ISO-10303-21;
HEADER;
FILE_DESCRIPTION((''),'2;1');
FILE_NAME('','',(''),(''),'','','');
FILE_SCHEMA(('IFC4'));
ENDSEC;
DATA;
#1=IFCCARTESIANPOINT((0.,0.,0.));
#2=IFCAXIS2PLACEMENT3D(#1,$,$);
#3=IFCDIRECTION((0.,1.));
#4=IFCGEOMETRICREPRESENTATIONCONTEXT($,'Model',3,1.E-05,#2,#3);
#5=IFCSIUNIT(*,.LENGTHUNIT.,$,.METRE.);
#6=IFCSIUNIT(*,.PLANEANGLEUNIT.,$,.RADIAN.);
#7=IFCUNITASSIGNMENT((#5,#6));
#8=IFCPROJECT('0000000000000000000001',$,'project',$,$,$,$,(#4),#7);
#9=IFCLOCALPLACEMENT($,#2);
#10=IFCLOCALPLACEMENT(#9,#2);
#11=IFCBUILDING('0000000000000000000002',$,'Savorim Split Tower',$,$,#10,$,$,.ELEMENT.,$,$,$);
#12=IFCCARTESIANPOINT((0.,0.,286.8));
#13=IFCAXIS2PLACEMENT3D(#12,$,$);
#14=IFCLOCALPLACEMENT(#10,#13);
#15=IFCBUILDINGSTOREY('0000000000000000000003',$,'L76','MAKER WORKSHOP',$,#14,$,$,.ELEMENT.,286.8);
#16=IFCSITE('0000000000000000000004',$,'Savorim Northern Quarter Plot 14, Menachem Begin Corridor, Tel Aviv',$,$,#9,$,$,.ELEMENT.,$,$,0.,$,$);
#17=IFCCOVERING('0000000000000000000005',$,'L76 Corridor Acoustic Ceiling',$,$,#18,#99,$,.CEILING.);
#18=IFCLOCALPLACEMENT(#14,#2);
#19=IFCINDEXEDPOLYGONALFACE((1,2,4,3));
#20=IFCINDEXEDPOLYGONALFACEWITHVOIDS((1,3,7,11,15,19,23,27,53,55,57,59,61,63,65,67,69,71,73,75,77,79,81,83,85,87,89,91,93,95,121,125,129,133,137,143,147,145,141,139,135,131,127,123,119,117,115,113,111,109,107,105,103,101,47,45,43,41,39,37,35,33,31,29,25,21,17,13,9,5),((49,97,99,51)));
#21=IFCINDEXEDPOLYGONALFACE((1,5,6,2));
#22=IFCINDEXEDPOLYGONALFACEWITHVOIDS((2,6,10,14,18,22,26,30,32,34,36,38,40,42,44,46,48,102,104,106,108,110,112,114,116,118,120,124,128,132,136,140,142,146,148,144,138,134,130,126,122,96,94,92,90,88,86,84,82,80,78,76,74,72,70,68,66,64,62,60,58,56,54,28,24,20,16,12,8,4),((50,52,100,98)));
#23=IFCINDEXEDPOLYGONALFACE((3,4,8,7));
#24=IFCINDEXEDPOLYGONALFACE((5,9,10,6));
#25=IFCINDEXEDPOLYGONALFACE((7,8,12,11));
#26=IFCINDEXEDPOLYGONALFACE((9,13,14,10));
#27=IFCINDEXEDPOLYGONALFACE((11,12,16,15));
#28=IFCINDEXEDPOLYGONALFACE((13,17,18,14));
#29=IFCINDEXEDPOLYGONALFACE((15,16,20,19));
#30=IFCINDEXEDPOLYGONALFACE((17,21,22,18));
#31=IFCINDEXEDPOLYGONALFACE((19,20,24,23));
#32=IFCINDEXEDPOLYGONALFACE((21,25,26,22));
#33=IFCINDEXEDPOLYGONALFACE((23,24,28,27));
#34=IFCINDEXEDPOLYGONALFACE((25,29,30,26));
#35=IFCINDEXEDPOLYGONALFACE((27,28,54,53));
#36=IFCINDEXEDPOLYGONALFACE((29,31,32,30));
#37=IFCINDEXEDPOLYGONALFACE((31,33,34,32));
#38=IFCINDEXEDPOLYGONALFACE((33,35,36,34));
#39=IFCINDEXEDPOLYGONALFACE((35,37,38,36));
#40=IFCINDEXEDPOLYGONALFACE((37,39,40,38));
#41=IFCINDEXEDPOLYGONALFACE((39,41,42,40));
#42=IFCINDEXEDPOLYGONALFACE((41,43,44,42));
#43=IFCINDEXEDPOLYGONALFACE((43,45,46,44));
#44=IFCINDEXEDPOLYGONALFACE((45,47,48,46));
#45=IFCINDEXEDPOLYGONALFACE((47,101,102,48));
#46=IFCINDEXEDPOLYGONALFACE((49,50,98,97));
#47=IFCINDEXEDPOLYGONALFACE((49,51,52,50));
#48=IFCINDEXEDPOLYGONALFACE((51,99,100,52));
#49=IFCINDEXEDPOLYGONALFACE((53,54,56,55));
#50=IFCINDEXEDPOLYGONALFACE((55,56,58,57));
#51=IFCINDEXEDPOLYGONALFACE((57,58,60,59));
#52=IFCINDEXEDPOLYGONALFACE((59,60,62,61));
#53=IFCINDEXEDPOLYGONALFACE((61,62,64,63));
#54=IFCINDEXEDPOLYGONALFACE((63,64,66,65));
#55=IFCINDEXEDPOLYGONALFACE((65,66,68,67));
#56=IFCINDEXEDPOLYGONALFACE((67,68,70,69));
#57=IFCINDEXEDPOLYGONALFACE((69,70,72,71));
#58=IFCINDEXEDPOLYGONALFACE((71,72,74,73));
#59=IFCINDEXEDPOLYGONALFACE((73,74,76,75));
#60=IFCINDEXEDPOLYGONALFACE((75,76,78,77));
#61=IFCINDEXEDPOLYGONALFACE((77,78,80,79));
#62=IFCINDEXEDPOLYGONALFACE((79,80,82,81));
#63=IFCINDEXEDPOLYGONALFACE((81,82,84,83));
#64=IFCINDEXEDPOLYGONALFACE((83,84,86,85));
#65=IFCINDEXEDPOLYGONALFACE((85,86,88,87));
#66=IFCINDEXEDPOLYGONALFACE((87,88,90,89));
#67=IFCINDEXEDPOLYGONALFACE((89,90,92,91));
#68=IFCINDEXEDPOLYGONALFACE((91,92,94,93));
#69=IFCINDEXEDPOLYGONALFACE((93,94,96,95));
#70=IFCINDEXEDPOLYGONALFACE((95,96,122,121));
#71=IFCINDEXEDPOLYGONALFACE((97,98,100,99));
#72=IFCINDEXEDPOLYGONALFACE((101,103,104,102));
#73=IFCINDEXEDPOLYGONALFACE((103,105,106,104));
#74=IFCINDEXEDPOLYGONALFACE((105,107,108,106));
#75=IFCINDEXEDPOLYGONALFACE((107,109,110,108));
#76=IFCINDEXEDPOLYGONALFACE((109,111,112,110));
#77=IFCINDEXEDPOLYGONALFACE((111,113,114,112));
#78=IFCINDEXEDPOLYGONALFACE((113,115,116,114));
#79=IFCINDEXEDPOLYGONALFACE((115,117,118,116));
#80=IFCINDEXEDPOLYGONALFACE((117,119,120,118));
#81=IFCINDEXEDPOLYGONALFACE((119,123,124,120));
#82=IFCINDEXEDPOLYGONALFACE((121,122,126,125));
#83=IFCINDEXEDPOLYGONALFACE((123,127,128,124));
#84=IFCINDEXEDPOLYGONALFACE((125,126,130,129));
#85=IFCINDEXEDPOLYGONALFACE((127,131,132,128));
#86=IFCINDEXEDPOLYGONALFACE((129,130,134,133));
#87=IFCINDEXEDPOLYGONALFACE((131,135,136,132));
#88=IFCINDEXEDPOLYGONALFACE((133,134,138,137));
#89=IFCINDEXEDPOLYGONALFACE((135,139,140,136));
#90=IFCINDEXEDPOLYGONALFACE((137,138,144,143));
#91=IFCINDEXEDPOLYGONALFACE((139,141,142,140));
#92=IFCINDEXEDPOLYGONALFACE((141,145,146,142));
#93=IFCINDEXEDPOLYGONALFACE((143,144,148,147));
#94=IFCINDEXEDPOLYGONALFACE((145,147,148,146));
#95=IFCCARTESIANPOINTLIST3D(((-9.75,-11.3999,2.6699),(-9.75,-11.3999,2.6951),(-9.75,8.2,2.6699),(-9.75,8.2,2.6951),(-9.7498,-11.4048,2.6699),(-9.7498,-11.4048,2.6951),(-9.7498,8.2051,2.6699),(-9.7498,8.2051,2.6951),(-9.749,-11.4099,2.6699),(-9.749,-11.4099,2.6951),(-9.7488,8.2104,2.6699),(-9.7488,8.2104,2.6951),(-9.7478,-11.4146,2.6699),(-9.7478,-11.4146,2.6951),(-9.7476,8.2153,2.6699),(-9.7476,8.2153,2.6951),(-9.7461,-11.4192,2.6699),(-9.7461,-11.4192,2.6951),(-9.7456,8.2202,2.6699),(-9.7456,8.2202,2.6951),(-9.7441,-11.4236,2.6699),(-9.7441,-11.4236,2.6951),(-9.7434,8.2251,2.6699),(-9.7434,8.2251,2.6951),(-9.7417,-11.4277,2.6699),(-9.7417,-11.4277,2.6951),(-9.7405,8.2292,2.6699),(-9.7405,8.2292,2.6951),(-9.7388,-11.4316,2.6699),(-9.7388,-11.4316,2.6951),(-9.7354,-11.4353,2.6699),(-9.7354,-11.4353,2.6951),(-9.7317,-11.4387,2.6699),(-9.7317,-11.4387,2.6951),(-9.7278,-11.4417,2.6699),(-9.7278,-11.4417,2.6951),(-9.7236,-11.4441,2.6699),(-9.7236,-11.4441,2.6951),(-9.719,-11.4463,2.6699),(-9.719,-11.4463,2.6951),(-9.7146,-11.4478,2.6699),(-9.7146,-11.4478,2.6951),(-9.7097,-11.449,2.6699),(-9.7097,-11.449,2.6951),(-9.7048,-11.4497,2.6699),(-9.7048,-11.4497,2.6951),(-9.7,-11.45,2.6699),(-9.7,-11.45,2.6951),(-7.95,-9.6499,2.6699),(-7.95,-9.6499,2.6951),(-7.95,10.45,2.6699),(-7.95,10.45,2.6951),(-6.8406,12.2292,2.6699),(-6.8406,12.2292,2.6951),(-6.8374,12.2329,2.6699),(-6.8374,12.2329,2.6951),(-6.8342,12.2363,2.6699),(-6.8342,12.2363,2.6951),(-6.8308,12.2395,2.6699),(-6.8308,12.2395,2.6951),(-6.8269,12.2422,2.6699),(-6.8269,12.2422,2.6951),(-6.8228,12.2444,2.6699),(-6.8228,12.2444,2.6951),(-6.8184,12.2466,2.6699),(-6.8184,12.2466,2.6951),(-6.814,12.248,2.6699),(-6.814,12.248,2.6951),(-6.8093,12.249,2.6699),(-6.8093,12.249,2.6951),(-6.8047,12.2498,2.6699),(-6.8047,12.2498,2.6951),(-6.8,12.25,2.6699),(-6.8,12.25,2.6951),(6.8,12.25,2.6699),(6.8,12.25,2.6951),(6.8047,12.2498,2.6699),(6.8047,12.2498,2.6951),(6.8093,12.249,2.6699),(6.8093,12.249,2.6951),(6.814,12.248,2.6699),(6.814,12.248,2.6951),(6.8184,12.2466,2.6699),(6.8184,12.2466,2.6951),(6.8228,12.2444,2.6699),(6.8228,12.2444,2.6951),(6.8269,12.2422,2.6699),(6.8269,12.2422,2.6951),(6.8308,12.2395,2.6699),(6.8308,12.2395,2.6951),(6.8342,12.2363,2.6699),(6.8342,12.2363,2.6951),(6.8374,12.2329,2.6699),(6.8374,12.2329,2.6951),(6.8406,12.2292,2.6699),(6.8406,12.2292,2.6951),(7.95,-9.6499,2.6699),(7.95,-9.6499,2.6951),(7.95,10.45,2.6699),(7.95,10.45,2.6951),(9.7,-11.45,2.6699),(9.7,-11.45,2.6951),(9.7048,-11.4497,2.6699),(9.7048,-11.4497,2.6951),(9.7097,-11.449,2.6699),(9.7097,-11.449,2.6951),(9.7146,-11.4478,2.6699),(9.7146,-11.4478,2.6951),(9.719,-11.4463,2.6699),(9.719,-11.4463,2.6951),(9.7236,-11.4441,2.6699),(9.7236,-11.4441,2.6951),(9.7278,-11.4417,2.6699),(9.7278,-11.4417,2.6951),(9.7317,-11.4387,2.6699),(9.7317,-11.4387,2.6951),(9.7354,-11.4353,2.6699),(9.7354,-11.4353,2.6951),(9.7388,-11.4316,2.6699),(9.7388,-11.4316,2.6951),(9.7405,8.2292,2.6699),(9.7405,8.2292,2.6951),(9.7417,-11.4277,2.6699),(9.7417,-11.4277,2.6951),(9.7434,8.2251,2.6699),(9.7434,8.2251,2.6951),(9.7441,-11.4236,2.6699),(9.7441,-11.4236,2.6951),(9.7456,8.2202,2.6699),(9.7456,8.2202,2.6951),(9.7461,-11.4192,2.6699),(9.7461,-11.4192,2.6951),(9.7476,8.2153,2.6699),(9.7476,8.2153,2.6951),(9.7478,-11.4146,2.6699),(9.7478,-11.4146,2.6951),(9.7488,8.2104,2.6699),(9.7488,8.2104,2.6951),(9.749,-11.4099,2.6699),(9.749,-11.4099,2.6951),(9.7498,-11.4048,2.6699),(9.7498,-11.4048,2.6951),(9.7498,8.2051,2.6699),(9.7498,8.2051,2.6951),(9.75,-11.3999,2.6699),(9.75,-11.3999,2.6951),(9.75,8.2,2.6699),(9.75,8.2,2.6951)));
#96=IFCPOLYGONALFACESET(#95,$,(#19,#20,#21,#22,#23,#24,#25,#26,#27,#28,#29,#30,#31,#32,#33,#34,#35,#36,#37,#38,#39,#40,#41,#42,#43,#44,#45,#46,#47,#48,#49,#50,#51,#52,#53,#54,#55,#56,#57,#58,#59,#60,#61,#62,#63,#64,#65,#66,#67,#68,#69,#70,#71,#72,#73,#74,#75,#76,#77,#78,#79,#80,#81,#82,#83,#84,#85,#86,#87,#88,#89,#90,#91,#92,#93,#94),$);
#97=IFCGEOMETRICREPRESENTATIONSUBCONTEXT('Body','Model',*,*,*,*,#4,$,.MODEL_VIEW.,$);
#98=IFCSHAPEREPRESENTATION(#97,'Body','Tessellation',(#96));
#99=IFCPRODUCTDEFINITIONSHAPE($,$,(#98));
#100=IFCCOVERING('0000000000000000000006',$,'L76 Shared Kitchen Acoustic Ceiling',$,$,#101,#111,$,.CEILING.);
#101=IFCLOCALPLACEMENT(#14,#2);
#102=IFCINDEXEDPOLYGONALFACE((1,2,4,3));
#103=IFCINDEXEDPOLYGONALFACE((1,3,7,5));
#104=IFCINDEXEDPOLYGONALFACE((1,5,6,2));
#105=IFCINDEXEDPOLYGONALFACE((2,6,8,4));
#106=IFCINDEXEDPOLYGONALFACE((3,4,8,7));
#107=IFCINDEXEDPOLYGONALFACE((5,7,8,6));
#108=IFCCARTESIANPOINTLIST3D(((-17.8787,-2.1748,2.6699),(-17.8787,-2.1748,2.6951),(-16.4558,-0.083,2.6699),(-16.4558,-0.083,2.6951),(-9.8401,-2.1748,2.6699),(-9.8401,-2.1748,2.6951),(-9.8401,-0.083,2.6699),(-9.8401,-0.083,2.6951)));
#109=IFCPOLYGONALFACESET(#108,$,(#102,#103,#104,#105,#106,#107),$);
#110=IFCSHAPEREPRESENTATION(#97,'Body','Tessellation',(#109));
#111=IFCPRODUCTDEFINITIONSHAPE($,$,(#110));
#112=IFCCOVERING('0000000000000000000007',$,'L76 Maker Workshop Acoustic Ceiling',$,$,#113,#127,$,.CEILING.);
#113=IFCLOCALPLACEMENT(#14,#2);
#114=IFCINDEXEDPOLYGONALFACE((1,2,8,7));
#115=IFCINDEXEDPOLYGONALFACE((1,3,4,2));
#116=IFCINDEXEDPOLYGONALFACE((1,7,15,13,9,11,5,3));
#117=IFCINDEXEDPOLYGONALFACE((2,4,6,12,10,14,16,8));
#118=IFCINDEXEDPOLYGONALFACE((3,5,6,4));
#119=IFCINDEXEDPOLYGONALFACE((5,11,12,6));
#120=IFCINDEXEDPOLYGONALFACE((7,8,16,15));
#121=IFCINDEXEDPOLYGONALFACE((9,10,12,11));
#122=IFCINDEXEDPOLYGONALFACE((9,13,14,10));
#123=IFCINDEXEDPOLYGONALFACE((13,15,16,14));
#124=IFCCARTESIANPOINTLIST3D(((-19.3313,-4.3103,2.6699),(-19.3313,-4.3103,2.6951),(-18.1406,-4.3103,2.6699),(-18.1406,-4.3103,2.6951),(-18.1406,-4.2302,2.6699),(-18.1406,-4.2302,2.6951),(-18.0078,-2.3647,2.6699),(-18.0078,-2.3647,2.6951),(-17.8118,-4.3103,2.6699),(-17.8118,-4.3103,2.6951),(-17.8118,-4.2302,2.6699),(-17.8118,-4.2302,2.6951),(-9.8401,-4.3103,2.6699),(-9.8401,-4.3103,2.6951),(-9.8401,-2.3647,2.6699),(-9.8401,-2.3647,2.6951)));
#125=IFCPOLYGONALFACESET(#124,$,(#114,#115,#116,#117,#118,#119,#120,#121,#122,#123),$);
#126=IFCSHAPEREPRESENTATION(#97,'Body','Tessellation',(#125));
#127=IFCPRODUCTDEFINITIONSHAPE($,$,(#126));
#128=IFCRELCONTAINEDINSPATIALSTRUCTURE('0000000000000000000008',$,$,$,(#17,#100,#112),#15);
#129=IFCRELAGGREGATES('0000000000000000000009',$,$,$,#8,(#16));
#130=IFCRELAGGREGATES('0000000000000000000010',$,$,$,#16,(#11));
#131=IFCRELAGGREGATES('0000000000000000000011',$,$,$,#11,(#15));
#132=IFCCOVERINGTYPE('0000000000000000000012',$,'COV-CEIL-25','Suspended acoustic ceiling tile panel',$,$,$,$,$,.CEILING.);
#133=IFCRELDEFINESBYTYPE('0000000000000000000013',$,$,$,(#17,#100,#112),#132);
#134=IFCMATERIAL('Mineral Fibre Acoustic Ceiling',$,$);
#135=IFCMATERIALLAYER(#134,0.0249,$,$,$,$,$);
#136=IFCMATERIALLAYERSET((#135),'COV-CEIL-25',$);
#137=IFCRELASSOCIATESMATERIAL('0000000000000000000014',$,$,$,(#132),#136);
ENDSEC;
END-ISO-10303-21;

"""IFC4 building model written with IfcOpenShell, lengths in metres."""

from ifc_helpers import new_model, si_unit, direction, frame, origin, place, context, subcontext, project, spatial, polyline, outline, extrude, material, layer, layer_set, type_object, element, save


model = new_model("IFC4")

# Units and contexts
model_context = context("Model", 3, precision=1e-05, world=origin(), true_north=direction((0.0, 1.0)))
body_context = subcontext(model_context, "Body", "Model", "MODEL_VIEW")
ifc_project = project(units=[si_unit("LENGTHUNIT", "METRE"), si_unit("PLANEANGLEUNIT", "RADIAN")], contexts=[model_context])

# Site, building, storey
site_placement = place(None, origin())
site = spatial("IfcSite", under=ifc_project, at=site_placement, Name="Savorim Northern Quarter Plot 14, Menachem Begin Corridor, Tel Aviv", CompositionType="ELEMENT", RefElevation=0.0)
building_placement = place(site_placement, origin())
building = spatial("IfcBuilding", under=site, at=building_placement, Name="Savorim Split Tower", CompositionType="ELEMENT")
storey_placement = place(building_placement, frame((0.0, 0.0, 286.8)))
storey = spatial("IfcBuildingStorey", under=building, at=storey_placement, Name="L76", Description="MAKER WORKSHOP", CompositionType="ELEMENT", Elevation=286.8)

# Coverings
ifc_material_1 = material(Name="Mineral Fibre Acoustic Ceiling")
ifc_layer_1 = layer(ifc_material_1, 0.0249)
ifc_layer_set_1 = layer_set([ifc_layer_1], Name="COV-CEIL-25")
covering_type_1 = type_object("IfcCoveringType", Name="COV-CEIL-25", Description="Suspended acoustic ceiling tile panel", PredefinedType="CEILING", material=ifc_layer_set_1)
covering_1_placement = place(storey_placement, frame((0.0, 0.0, 2.6699)))
element("IfcCovering", 1, at=covering_1_placement, inside=storey, type_object=covering_type_1, Name="L76 Corridor Acoustic Ceiling", PredefinedType="CEILING", context=body_context, shape_type="SweptSolid", body=[
    extrude(outline(polyline([(6.8093, 12.249), (6.8047, 12.2498), (6.8, 12.25), (-6.8, 12.25), (-6.8047, 12.2498), (-6.8093, 12.249), (-6.814, 12.248), (-6.8184, 12.2466), (-6.8228, 12.2444), (-6.8269, 12.2422), (-6.8308, 12.2395), (-6.8342, 12.2363), (-6.8374, 12.2329), (-6.8406, 12.2292), (-9.7405, 8.2292), (-9.7434, 8.2251), (-9.7456, 8.2202), (-9.7476, 8.2153), (-9.7488, 8.2104), (-9.7498, 8.2051), (-9.75, 8.2), (-9.75, -11.3999), (-9.7498, -11.4048), (-9.749, -11.4099), (-9.7478, -11.4146), (-9.7461, -11.4192), (-9.7441, -11.4236), (-9.7417, -11.4277), (-9.7388, -11.4316), (-9.7354, -11.4353), (-9.7317, -11.4387), (-9.7278, -11.4417), (-9.7236, -11.4441), (-9.719, -11.4463), (-9.7146, -11.4478), (-9.7097, -11.449), (-9.7048, -11.4497), (-9.7, -11.45), (9.7, -11.45), (9.7048, -11.4497), (9.7097, -11.449), (9.7146, -11.4478), (9.719, -11.4463), (9.7236, -11.4441), (9.7278, -11.4417), (9.7317, -11.4387), (9.7354, -11.4353), (9.7388, -11.4316), (9.7417, -11.4277), (9.7441, -11.4236), (9.7461, -11.4192), (9.7478, -11.4146), (9.749, -11.4099), (9.7498, -11.4048), (9.75, -11.3999), (9.75, 8.2), (9.7498, 8.2051), (9.7488, 8.2104), (9.7476, 8.2153), (9.7456, 8.2202), (9.7434, 8.2251), (9.7405, 8.2292), (6.8406, 12.2292), (6.8374, 12.2329), (6.8342, 12.2363), (6.8308, 12.2395), (6.8269, 12.2422), (6.8228, 12.2444), (6.8184, 12.2466), (6.814, 12.248), (6.8093, 12.249)]), holes=[polyline([(-7.95, 10.45), (-7.95, -9.6499), (7.95, -9.6499), (7.95, 10.45), (-7.95, 10.45)])]), origin(), (0.0, 0.0, 1.0), 0.0251),
])
covering_2_placement = place(storey_placement, frame((0.0, 0.0, 2.6699)))
element("IfcCovering", 2, at=covering_2_placement, inside=storey, type_object=covering_type_1, Name="L76 Shared Kitchen Acoustic Ceiling", PredefinedType="CEILING", context=body_context, shape_type="SweptSolid", body=[
    extrude(outline(polyline([(-16.4558, -0.083), (-17.8787, -2.1748), (-9.8401, -2.1748), (-9.8401, -0.083), (-16.4558, -0.083)])), origin(), (0.0, 0.0, 1.0), 0.0251),
])
covering_3_placement = place(storey_placement, frame((0.0, 0.0, 2.6699)))
element("IfcCovering", 3, at=covering_3_placement, inside=storey, type_object=covering_type_1, Name="L76 Maker Workshop Acoustic Ceiling", PredefinedType="CEILING", context=body_context, shape_type="SweptSolid", body=[
    extrude(outline(polyline([(-17.8118, -4.2302), (-17.8118, -4.3103), (-9.8401, -4.3103), (-9.8401, -2.3647), (-18.0078, -2.3647), (-19.3313, -4.3103), (-18.1406, -4.3103), (-18.1406, -4.2302), (-17.8118, -4.2302)])), origin(), (0.0, 0.0, 1.0), 0.0251),
])

save(model, "model.ifc")
